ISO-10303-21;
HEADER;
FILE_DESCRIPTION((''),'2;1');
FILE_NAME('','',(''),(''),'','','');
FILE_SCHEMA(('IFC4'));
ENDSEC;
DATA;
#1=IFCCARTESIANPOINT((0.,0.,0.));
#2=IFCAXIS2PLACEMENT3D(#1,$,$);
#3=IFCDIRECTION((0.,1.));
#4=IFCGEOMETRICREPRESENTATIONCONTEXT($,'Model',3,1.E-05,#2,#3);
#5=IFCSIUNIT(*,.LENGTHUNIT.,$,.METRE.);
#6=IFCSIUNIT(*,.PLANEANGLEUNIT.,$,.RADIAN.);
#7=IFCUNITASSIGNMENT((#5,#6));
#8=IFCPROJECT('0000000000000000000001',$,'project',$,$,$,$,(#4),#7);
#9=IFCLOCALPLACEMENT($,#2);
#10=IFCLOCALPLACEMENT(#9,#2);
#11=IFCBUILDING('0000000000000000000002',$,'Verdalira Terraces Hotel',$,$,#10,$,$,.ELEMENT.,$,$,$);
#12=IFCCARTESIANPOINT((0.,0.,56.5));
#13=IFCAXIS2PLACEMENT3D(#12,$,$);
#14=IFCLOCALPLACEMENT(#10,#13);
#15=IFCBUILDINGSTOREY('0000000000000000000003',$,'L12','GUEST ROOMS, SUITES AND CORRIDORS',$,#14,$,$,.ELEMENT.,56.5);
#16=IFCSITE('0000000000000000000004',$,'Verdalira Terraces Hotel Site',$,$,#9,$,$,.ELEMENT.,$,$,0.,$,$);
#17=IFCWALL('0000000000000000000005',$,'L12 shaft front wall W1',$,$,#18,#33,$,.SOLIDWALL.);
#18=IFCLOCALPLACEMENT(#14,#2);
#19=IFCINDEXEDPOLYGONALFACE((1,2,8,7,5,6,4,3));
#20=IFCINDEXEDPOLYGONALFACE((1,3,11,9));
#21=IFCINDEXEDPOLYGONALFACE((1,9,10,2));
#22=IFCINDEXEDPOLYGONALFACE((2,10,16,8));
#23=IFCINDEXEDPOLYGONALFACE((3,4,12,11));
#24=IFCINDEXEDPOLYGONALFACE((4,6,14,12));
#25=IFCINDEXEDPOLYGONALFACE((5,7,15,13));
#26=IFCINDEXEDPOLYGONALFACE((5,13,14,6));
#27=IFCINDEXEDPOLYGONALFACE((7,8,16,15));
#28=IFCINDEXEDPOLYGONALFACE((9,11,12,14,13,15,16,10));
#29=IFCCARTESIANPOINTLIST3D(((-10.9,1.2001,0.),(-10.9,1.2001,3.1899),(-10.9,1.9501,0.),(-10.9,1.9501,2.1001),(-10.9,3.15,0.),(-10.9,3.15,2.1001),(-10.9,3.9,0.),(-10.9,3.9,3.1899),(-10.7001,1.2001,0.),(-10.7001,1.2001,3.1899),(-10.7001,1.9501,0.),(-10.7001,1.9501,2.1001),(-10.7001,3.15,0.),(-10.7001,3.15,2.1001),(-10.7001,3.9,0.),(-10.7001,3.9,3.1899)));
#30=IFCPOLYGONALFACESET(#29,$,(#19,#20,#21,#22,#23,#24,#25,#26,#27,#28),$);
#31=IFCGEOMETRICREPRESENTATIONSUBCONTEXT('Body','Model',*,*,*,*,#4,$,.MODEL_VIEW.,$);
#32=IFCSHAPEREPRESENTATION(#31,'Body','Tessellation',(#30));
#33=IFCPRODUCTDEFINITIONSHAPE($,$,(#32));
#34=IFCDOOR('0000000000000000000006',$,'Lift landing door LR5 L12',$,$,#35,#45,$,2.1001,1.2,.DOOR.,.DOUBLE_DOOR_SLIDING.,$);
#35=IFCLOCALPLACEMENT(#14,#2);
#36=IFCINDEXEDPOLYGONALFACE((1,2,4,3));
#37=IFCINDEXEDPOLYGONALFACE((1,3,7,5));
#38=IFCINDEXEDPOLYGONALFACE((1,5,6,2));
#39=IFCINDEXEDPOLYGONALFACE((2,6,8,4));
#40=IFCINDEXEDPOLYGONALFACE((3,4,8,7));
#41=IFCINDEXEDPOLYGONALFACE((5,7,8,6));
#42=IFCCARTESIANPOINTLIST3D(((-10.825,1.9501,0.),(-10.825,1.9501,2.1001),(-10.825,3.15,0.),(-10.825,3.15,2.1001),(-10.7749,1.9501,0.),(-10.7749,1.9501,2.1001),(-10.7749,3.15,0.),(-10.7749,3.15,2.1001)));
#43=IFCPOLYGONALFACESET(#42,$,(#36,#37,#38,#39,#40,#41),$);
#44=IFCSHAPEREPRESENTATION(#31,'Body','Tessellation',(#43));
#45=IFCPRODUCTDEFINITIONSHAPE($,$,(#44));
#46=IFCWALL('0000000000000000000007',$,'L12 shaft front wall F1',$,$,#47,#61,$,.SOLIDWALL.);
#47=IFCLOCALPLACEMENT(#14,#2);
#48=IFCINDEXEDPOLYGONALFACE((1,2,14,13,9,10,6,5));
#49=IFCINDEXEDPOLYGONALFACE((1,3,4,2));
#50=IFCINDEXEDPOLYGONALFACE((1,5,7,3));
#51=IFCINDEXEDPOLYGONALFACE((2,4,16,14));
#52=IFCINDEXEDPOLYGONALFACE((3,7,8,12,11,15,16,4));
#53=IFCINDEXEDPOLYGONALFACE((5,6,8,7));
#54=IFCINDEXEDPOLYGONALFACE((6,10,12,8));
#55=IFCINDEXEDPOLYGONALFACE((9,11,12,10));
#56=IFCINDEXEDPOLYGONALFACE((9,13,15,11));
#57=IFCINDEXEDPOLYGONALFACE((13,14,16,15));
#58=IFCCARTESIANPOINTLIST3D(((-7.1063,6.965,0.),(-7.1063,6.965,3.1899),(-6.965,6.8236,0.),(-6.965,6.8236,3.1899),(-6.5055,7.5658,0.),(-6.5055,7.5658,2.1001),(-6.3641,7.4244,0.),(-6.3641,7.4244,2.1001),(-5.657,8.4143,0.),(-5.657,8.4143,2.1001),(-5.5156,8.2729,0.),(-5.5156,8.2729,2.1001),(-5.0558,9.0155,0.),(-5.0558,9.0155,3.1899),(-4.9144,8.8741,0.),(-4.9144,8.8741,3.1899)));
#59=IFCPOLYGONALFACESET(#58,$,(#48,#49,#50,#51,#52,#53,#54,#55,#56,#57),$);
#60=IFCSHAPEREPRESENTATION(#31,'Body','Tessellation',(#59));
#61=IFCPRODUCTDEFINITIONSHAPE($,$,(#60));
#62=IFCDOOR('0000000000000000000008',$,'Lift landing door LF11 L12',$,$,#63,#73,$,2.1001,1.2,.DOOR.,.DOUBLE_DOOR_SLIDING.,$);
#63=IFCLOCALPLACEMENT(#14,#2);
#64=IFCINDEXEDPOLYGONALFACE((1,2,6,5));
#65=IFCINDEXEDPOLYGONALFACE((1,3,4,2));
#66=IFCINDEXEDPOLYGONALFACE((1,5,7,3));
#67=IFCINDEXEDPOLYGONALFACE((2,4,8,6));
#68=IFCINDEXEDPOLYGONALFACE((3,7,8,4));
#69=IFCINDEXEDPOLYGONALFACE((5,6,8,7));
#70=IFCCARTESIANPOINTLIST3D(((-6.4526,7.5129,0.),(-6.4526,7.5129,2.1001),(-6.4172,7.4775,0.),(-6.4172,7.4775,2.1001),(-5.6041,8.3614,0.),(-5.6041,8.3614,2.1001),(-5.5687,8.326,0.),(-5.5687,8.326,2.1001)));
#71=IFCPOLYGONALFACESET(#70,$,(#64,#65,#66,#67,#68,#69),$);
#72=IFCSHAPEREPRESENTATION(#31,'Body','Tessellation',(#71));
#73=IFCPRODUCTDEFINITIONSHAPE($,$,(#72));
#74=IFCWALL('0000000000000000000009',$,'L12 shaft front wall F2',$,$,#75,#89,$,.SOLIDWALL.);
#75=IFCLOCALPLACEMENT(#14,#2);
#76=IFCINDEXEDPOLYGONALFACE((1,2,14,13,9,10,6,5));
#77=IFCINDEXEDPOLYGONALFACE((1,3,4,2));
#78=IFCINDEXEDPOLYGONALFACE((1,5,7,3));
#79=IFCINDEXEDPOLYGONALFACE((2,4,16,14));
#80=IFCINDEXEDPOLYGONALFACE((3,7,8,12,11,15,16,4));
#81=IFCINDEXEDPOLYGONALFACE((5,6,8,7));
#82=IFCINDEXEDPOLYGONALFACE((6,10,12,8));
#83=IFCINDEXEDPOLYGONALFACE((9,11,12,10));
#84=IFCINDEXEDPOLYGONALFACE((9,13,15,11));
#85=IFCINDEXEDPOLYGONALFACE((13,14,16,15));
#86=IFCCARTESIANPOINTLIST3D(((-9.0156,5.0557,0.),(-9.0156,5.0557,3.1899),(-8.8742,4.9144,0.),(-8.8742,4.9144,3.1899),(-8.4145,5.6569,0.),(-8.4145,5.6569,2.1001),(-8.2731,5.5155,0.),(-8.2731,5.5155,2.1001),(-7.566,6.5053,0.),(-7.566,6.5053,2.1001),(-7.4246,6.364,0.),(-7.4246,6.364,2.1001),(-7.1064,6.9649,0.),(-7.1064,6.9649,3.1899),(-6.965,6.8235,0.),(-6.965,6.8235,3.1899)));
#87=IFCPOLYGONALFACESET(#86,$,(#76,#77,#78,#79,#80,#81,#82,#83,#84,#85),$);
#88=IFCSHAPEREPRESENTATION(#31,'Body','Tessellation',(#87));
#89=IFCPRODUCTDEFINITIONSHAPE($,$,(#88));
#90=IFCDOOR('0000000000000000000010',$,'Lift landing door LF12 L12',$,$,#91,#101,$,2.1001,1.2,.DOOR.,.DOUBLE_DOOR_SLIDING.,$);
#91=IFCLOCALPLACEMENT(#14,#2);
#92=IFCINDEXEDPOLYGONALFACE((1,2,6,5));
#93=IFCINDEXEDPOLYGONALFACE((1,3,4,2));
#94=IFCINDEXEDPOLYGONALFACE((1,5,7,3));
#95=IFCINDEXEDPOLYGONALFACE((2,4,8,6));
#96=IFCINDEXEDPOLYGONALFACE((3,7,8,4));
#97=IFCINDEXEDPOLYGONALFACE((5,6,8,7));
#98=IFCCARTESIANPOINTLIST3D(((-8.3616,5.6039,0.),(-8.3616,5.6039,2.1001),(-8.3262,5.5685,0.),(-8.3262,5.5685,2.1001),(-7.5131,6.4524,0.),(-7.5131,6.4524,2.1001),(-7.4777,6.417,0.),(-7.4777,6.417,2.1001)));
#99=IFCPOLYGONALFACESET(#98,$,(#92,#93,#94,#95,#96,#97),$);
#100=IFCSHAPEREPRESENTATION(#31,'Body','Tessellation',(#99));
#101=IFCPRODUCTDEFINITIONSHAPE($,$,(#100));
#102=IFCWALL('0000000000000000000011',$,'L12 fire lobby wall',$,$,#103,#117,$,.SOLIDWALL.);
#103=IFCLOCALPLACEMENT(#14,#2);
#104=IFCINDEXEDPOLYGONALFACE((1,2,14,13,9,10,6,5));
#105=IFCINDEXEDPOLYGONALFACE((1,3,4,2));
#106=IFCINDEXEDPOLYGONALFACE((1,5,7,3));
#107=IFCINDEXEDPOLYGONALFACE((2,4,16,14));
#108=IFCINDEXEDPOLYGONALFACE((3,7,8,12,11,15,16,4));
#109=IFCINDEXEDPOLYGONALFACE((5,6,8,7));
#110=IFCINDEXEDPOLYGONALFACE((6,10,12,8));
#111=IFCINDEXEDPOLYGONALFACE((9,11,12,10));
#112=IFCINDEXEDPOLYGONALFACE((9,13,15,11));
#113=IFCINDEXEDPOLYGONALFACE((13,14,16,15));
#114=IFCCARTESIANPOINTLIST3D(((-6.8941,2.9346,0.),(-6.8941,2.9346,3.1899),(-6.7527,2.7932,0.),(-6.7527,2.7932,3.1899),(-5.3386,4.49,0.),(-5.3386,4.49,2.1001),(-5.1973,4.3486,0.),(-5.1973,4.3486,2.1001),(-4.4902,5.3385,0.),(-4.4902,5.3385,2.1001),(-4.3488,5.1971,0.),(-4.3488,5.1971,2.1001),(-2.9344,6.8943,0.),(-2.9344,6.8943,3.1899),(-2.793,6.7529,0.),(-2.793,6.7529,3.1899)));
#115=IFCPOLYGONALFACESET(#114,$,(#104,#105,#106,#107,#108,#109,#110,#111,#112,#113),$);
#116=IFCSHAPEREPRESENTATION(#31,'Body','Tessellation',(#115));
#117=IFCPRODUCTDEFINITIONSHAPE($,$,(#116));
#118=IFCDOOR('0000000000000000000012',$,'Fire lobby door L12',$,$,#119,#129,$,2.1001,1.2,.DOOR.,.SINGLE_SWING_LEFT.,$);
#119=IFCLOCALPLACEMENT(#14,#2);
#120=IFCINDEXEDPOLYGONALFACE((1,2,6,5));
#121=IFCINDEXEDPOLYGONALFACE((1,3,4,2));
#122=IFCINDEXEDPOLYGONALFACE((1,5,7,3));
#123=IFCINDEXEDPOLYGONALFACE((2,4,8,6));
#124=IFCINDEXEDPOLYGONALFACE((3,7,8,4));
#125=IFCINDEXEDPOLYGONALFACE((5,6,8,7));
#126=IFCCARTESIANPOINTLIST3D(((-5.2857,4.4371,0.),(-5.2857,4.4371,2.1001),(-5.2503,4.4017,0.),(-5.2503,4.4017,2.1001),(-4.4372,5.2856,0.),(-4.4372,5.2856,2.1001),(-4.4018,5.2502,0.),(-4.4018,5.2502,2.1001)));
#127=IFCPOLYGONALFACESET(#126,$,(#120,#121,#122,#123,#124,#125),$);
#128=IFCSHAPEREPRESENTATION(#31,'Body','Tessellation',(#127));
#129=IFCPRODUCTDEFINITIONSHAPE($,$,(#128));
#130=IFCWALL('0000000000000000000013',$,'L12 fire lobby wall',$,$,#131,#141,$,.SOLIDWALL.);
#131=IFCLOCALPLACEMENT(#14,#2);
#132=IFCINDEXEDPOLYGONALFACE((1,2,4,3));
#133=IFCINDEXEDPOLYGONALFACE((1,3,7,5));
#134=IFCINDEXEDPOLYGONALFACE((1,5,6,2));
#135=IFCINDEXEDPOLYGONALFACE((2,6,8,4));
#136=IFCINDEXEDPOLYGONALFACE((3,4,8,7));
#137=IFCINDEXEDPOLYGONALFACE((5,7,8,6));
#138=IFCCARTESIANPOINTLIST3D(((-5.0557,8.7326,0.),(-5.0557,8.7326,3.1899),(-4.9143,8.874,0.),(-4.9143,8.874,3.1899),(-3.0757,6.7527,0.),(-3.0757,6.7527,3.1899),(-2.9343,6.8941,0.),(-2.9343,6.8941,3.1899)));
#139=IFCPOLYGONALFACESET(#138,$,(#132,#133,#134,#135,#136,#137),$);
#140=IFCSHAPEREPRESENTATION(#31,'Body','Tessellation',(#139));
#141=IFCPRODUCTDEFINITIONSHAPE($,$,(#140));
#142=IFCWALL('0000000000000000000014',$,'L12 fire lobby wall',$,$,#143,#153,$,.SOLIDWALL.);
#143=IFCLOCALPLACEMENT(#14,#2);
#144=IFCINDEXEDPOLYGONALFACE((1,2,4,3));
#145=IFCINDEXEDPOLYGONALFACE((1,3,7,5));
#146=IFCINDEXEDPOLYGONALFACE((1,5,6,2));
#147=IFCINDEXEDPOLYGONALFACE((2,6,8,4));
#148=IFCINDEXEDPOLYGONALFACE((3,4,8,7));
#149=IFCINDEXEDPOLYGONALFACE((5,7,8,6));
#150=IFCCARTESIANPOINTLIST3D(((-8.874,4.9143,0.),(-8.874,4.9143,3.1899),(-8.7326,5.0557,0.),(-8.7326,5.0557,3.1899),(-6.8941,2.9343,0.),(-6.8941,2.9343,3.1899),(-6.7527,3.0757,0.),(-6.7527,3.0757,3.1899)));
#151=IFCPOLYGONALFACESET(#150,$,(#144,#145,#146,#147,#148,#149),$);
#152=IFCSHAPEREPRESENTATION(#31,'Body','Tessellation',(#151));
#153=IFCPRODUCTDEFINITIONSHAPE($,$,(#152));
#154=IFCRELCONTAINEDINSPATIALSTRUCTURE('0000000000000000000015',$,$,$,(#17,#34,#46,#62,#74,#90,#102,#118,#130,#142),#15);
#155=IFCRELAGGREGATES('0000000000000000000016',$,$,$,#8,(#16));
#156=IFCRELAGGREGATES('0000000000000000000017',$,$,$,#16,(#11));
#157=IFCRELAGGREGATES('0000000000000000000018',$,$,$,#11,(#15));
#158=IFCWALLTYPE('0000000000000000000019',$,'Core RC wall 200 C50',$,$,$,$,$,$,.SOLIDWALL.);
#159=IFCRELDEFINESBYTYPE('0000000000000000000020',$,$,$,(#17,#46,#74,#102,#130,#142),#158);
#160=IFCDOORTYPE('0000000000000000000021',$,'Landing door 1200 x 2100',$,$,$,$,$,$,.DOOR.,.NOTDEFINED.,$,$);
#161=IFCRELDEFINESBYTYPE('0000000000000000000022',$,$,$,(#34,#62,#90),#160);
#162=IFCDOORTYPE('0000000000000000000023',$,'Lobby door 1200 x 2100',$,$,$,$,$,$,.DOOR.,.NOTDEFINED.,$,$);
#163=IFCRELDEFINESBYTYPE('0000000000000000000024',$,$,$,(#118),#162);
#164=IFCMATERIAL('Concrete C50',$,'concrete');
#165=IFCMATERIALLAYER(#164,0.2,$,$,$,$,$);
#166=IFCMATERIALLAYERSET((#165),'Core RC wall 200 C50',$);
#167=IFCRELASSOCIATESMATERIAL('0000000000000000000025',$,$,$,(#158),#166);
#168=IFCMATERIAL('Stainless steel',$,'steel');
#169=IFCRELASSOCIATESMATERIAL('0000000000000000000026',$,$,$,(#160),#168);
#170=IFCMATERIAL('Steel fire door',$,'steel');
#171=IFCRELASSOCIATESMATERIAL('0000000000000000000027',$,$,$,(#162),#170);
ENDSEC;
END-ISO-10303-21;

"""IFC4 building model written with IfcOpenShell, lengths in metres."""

from ifc_helpers import new_model, si_unit, direction, frame, frame_2d, origin, place, context, subcontext, project, spatial, rectangle, extrude, material, layer, layer_set, type_object, element, fill, save


model = new_model("IFC4")

# Units and contexts
model_context = context("Model", 3, precision=1e-05, world=origin(), true_north=direction((0.0, 1.0)))
body_context = subcontext(model_context, "Body", "Model", "MODEL_VIEW")
ifc_project = project(units=[si_unit("LENGTHUNIT", "METRE"), si_unit("PLANEANGLEUNIT", "RADIAN")], contexts=[model_context])

# Site, building, storey
site_placement = place(None, origin())
site = spatial("IfcSite", under=ifc_project, at=site_placement, Name="Verdalira Terraces Hotel Site", CompositionType="ELEMENT", RefElevation=0.0)
building_placement = place(site_placement, origin())
building = spatial("IfcBuilding", under=site, at=building_placement, Name="Verdalira Terraces Hotel", CompositionType="ELEMENT")
storey_placement = place(building_placement, frame((0.0, 0.0, 56.5)))
storey = spatial("IfcBuildingStorey", under=building, at=storey_placement, Name="L12", Description="GUEST ROOMS, SUITES AND CORRIDORS", CompositionType="ELEMENT", Elevation=56.5)

# Walls, openings, doors
ifc_material_1 = material(Name="Concrete C50", Category="concrete")
ifc_layer_1 = layer(ifc_material_1, 0.2)
ifc_layer_set_1 = layer_set([ifc_layer_1], Name="Core RC wall 200 C50")
wall_type_1 = type_object("IfcWallType", Name="Core RC wall 200 C50", PredefinedType="SOLIDWALL", material=ifc_layer_set_1)
wall_1_placement = place(storey_placement, frame((-10.8, 1.2, 0.0), z_axis=(0.0, 0.0, 1.0), x_axis=(0.0, 1.0, 0.0)))
wall_1 = element("IfcWall", 1, at=wall_1_placement, inside=storey, type_object=wall_type_1, Name="L12 shaft front wall W1", PredefinedType="SOLIDWALL", context=body_context, shape_type="SweptSolid", body=[
    extrude(rectangle(XDim=2.7, YDim=0.2, at=frame_2d((1.3501, 0.0))), origin(), (0.0, 0.0, 1.0), 3.1899),
])
opening_1_placement = place(wall_1_placement, frame((0.75, 0.0, 0.0)))
opening_1 = element("IfcOpeningElement", 2, at=opening_1_placement, cuts=wall_1, PredefinedType="OPENING", context=body_context, shape_type="SweptSolid", body=[
    extrude(rectangle(XDim=1.2, YDim=2.1001, at=frame_2d((0.6001, 1.05))), frame((0.0, 0.1099, 0.0), z_axis=(0.0, -1.0, 0.0), x_axis=(1.0, 0.0, 0.0)), (0.0, 0.0, 1.0), 0.22),
])
ifc_material_2 = material(Name="Stainless steel", Category="steel")
door_type_1 = type_object("IfcDoorType", Name="Landing door 1200 x 2100", OperationType="NOTDEFINED", PredefinedType="DOOR", material=ifc_material_2)
door_1_placement = place(opening_1_placement, origin())
door_1 = element("IfcDoor", 3, at=door_1_placement, inside=storey, type_object=door_type_1, Name="Lift landing door LR5 L12", OperationType="DOUBLE_DOOR_SLIDING", OverallHeight=2.1001, OverallWidth=1.2, PredefinedType="DOOR", context=body_context, shape_type="SweptSolid", body=[
    extrude(rectangle(XDim=1.2, YDim=2.1001, at=frame_2d((0.6001, 1.05))), frame((0.0, 0.0249, 0.0), z_axis=(0.0, -1.0, 0.0), x_axis=(1.0, 0.0, 0.0)), (0.0, 0.0, 1.0), 0.05),
])
fill(opening_1, door_1)
wall_2_placement = place(storey_placement, frame((-4.9851, 8.9448, 0.0), z_axis=(0.0, 0.0, 1.0), x_axis=(-0.707107, -0.707107, 0.0)))
wall_2 = element("IfcWall", 4, at=wall_2_placement, inside=storey, type_object=wall_type_1, Name="L12 shaft front wall F1", PredefinedType="SOLIDWALL", context=body_context, shape_type="SweptSolid", body=[
    extrude(rectangle(XDim=2.8999, YDim=0.2, at=frame_2d((1.45, 0.0))), origin(), (0.0, 0.0, 1.0), 3.1899),
])
opening_2_placement = place(wall_2_placement, frame((0.8501, 0.0, 0.0)))
opening_2 = element("IfcOpeningElement", 5, at=opening_2_placement, cuts=wall_2, PredefinedType="OPENING", context=body_context, shape_type="SweptSolid", body=[
    extrude(rectangle(XDim=1.2, YDim=2.1001, at=frame_2d((0.6001, 1.05))), frame((0.0, 0.1099, 0.0), z_axis=(0.0, -1.0, 0.0), x_axis=(1.0, 0.0, 0.0)), (0.0, 0.0, 1.0), 0.22),
])
door_2_placement = place(opening_2_placement, origin())
door_2 = element("IfcDoor", 6, at=door_2_placement, inside=storey, type_object=door_type_1, Name="Lift landing door LF11 L12", OperationType="DOUBLE_DOOR_SLIDING", OverallHeight=2.1001, OverallWidth=1.2, PredefinedType="DOOR", context=body_context, shape_type="SweptSolid", body=[
    extrude(rectangle(XDim=1.2, YDim=2.1001, at=frame_2d((0.6001, 1.05))), frame((0.0, 0.0249, 0.0), z_axis=(0.0, -1.0, 0.0), x_axis=(1.0, 0.0, 0.0)), (0.0, 0.0, 1.0), 0.05),
])
fill(opening_2, door_2)
wall_3_placement = place(storey_placement, frame((-7.0356, 6.8943, 0.0), z_axis=(0.0, 0.0, 1.0), x_axis=(-0.707107, -0.707107, 0.0)))
wall_3 = element("IfcWall", 7, at=wall_3_placement, inside=storey, type_object=wall_type_1, Name="L12 shaft front wall F2", PredefinedType="SOLIDWALL", context=body_context, shape_type="SweptSolid", body=[
    extrude(rectangle(XDim=2.7, YDim=0.2, at=frame_2d((1.3501, 0.0))), origin(), (0.0, 0.0, 1.0), 3.1899),
])
opening_3_placement = place(wall_3_placement, frame((0.6499, 0.0, 0.0)))
opening_3 = element("IfcOpeningElement", 8, at=opening_3_placement, cuts=wall_3, PredefinedType="OPENING", context=body_context, shape_type="SweptSolid", body=[
    extrude(rectangle(XDim=1.2, YDim=2.1001, at=frame_2d((0.6001, 1.05))), frame((0.0, 0.1099, 0.0), z_axis=(0.0, -1.0, 0.0), x_axis=(1.0, 0.0, 0.0)), (0.0, 0.0, 1.0), 0.22),
])
door_3_placement = place(opening_3_placement, origin())
door_3 = element("IfcDoor", 9, at=door_3_placement, inside=storey, type_object=door_type_1, Name="Lift landing door LF12 L12", OperationType="DOUBLE_DOOR_SLIDING", OverallHeight=2.1001, OverallWidth=1.2, PredefinedType="DOOR", context=body_context, shape_type="SweptSolid", body=[
    extrude(rectangle(XDim=1.2, YDim=2.1001, at=frame_2d((0.6001, 1.05))), frame((0.0, 0.0249, 0.0), z_axis=(0.0, -1.0, 0.0), x_axis=(1.0, 0.0, 0.0)), (0.0, 0.0, 1.0), 0.05),
])
fill(opening_3, door_3)
wall_4_placement = place(storey_placement, frame((-2.8638, 6.8235, 0.0), z_axis=(0.0, 0.0, 1.0), x_axis=(-0.707107, -0.707107, 0.0)))
wall_4 = element("IfcWall", 10, at=wall_4_placement, inside=storey, type_object=wall_type_1, Name="L12 fire lobby wall", PredefinedType="SOLIDWALL", context=body_context, shape_type="SweptSolid", body=[
    extrude(rectangle(XDim=5.5999, YDim=0.2, at=frame_2d((2.7998, 0.0))), origin(), (0.0, 0.0, 1.0), 3.1899),
])
opening_4_placement = place(wall_4_placement, frame((2.2, 0.0, 0.0)))
opening_4 = element("IfcOpeningElement", 11, at=opening_4_placement, cuts=wall_4, PredefinedType="OPENING", context=body_context, shape_type="SweptSolid", body=[
    extrude(rectangle(XDim=1.2, YDim=2.1001, at=frame_2d((0.6001, 1.05))), frame((0.0, 0.1099, 0.0), z_axis=(0.0, -1.0, 0.0), x_axis=(1.0, 0.0, 0.0)), (0.0, 0.0, 1.0), 0.22),
])
ifc_material_3 = material(Name="Steel fire door", Category="steel")
door_type_2 = type_object("IfcDoorType", Name="Lobby door 1200 x 2100", OperationType="NOTDEFINED", PredefinedType="DOOR", material=ifc_material_3)
door_4_placement = place(opening_4_placement, origin())
door_4 = element("IfcDoor", 12, at=door_4_placement, inside=storey, type_object=door_type_2, Name="Fire lobby door L12", OperationType="SINGLE_SWING_LEFT", OverallHeight=2.1001, OverallWidth=1.2, PredefinedType="DOOR", context=body_context, shape_type="SweptSolid", body=[
    extrude(rectangle(XDim=1.2, YDim=2.1001, at=frame_2d((0.6001, 1.05))), frame((0.0, 0.0249, 0.0), z_axis=(0.0, -1.0, 0.0), x_axis=(1.0, 0.0, 0.0)), (0.0, 0.0, 1.0), 0.05),
])
fill(opening_4, door_4)

# Walls
for number, where, z_axis, x_axis, name in (
    (13, (-3.0051, 6.8235, 0.0), (0.0, 0.0, 1.0), (-0.707107, 0.707107, 0.0), "L12 fire lobby wall"),
    (14, (-6.8235, 3.0051, 0.0), (0.0, 0.0, 1.0), (-0.707107, 0.707107, 0.0), "L12 fire lobby wall"),
):
    element("IfcWall", number, at=place(storey_placement, frame(where, z_axis=z_axis, x_axis=x_axis)), inside=storey, type_object=wall_type_1, Name=name, PredefinedType="SOLIDWALL", context=body_context, shape_type="SweptSolid", body=[
        extrude(rectangle(XDim=2.8, YDim=0.2, at=frame_2d((1.3999, 0.0))), origin(), (0.0, 0.0, 1.0), 3.1899),
    ])

save(model, "model.ifc")
